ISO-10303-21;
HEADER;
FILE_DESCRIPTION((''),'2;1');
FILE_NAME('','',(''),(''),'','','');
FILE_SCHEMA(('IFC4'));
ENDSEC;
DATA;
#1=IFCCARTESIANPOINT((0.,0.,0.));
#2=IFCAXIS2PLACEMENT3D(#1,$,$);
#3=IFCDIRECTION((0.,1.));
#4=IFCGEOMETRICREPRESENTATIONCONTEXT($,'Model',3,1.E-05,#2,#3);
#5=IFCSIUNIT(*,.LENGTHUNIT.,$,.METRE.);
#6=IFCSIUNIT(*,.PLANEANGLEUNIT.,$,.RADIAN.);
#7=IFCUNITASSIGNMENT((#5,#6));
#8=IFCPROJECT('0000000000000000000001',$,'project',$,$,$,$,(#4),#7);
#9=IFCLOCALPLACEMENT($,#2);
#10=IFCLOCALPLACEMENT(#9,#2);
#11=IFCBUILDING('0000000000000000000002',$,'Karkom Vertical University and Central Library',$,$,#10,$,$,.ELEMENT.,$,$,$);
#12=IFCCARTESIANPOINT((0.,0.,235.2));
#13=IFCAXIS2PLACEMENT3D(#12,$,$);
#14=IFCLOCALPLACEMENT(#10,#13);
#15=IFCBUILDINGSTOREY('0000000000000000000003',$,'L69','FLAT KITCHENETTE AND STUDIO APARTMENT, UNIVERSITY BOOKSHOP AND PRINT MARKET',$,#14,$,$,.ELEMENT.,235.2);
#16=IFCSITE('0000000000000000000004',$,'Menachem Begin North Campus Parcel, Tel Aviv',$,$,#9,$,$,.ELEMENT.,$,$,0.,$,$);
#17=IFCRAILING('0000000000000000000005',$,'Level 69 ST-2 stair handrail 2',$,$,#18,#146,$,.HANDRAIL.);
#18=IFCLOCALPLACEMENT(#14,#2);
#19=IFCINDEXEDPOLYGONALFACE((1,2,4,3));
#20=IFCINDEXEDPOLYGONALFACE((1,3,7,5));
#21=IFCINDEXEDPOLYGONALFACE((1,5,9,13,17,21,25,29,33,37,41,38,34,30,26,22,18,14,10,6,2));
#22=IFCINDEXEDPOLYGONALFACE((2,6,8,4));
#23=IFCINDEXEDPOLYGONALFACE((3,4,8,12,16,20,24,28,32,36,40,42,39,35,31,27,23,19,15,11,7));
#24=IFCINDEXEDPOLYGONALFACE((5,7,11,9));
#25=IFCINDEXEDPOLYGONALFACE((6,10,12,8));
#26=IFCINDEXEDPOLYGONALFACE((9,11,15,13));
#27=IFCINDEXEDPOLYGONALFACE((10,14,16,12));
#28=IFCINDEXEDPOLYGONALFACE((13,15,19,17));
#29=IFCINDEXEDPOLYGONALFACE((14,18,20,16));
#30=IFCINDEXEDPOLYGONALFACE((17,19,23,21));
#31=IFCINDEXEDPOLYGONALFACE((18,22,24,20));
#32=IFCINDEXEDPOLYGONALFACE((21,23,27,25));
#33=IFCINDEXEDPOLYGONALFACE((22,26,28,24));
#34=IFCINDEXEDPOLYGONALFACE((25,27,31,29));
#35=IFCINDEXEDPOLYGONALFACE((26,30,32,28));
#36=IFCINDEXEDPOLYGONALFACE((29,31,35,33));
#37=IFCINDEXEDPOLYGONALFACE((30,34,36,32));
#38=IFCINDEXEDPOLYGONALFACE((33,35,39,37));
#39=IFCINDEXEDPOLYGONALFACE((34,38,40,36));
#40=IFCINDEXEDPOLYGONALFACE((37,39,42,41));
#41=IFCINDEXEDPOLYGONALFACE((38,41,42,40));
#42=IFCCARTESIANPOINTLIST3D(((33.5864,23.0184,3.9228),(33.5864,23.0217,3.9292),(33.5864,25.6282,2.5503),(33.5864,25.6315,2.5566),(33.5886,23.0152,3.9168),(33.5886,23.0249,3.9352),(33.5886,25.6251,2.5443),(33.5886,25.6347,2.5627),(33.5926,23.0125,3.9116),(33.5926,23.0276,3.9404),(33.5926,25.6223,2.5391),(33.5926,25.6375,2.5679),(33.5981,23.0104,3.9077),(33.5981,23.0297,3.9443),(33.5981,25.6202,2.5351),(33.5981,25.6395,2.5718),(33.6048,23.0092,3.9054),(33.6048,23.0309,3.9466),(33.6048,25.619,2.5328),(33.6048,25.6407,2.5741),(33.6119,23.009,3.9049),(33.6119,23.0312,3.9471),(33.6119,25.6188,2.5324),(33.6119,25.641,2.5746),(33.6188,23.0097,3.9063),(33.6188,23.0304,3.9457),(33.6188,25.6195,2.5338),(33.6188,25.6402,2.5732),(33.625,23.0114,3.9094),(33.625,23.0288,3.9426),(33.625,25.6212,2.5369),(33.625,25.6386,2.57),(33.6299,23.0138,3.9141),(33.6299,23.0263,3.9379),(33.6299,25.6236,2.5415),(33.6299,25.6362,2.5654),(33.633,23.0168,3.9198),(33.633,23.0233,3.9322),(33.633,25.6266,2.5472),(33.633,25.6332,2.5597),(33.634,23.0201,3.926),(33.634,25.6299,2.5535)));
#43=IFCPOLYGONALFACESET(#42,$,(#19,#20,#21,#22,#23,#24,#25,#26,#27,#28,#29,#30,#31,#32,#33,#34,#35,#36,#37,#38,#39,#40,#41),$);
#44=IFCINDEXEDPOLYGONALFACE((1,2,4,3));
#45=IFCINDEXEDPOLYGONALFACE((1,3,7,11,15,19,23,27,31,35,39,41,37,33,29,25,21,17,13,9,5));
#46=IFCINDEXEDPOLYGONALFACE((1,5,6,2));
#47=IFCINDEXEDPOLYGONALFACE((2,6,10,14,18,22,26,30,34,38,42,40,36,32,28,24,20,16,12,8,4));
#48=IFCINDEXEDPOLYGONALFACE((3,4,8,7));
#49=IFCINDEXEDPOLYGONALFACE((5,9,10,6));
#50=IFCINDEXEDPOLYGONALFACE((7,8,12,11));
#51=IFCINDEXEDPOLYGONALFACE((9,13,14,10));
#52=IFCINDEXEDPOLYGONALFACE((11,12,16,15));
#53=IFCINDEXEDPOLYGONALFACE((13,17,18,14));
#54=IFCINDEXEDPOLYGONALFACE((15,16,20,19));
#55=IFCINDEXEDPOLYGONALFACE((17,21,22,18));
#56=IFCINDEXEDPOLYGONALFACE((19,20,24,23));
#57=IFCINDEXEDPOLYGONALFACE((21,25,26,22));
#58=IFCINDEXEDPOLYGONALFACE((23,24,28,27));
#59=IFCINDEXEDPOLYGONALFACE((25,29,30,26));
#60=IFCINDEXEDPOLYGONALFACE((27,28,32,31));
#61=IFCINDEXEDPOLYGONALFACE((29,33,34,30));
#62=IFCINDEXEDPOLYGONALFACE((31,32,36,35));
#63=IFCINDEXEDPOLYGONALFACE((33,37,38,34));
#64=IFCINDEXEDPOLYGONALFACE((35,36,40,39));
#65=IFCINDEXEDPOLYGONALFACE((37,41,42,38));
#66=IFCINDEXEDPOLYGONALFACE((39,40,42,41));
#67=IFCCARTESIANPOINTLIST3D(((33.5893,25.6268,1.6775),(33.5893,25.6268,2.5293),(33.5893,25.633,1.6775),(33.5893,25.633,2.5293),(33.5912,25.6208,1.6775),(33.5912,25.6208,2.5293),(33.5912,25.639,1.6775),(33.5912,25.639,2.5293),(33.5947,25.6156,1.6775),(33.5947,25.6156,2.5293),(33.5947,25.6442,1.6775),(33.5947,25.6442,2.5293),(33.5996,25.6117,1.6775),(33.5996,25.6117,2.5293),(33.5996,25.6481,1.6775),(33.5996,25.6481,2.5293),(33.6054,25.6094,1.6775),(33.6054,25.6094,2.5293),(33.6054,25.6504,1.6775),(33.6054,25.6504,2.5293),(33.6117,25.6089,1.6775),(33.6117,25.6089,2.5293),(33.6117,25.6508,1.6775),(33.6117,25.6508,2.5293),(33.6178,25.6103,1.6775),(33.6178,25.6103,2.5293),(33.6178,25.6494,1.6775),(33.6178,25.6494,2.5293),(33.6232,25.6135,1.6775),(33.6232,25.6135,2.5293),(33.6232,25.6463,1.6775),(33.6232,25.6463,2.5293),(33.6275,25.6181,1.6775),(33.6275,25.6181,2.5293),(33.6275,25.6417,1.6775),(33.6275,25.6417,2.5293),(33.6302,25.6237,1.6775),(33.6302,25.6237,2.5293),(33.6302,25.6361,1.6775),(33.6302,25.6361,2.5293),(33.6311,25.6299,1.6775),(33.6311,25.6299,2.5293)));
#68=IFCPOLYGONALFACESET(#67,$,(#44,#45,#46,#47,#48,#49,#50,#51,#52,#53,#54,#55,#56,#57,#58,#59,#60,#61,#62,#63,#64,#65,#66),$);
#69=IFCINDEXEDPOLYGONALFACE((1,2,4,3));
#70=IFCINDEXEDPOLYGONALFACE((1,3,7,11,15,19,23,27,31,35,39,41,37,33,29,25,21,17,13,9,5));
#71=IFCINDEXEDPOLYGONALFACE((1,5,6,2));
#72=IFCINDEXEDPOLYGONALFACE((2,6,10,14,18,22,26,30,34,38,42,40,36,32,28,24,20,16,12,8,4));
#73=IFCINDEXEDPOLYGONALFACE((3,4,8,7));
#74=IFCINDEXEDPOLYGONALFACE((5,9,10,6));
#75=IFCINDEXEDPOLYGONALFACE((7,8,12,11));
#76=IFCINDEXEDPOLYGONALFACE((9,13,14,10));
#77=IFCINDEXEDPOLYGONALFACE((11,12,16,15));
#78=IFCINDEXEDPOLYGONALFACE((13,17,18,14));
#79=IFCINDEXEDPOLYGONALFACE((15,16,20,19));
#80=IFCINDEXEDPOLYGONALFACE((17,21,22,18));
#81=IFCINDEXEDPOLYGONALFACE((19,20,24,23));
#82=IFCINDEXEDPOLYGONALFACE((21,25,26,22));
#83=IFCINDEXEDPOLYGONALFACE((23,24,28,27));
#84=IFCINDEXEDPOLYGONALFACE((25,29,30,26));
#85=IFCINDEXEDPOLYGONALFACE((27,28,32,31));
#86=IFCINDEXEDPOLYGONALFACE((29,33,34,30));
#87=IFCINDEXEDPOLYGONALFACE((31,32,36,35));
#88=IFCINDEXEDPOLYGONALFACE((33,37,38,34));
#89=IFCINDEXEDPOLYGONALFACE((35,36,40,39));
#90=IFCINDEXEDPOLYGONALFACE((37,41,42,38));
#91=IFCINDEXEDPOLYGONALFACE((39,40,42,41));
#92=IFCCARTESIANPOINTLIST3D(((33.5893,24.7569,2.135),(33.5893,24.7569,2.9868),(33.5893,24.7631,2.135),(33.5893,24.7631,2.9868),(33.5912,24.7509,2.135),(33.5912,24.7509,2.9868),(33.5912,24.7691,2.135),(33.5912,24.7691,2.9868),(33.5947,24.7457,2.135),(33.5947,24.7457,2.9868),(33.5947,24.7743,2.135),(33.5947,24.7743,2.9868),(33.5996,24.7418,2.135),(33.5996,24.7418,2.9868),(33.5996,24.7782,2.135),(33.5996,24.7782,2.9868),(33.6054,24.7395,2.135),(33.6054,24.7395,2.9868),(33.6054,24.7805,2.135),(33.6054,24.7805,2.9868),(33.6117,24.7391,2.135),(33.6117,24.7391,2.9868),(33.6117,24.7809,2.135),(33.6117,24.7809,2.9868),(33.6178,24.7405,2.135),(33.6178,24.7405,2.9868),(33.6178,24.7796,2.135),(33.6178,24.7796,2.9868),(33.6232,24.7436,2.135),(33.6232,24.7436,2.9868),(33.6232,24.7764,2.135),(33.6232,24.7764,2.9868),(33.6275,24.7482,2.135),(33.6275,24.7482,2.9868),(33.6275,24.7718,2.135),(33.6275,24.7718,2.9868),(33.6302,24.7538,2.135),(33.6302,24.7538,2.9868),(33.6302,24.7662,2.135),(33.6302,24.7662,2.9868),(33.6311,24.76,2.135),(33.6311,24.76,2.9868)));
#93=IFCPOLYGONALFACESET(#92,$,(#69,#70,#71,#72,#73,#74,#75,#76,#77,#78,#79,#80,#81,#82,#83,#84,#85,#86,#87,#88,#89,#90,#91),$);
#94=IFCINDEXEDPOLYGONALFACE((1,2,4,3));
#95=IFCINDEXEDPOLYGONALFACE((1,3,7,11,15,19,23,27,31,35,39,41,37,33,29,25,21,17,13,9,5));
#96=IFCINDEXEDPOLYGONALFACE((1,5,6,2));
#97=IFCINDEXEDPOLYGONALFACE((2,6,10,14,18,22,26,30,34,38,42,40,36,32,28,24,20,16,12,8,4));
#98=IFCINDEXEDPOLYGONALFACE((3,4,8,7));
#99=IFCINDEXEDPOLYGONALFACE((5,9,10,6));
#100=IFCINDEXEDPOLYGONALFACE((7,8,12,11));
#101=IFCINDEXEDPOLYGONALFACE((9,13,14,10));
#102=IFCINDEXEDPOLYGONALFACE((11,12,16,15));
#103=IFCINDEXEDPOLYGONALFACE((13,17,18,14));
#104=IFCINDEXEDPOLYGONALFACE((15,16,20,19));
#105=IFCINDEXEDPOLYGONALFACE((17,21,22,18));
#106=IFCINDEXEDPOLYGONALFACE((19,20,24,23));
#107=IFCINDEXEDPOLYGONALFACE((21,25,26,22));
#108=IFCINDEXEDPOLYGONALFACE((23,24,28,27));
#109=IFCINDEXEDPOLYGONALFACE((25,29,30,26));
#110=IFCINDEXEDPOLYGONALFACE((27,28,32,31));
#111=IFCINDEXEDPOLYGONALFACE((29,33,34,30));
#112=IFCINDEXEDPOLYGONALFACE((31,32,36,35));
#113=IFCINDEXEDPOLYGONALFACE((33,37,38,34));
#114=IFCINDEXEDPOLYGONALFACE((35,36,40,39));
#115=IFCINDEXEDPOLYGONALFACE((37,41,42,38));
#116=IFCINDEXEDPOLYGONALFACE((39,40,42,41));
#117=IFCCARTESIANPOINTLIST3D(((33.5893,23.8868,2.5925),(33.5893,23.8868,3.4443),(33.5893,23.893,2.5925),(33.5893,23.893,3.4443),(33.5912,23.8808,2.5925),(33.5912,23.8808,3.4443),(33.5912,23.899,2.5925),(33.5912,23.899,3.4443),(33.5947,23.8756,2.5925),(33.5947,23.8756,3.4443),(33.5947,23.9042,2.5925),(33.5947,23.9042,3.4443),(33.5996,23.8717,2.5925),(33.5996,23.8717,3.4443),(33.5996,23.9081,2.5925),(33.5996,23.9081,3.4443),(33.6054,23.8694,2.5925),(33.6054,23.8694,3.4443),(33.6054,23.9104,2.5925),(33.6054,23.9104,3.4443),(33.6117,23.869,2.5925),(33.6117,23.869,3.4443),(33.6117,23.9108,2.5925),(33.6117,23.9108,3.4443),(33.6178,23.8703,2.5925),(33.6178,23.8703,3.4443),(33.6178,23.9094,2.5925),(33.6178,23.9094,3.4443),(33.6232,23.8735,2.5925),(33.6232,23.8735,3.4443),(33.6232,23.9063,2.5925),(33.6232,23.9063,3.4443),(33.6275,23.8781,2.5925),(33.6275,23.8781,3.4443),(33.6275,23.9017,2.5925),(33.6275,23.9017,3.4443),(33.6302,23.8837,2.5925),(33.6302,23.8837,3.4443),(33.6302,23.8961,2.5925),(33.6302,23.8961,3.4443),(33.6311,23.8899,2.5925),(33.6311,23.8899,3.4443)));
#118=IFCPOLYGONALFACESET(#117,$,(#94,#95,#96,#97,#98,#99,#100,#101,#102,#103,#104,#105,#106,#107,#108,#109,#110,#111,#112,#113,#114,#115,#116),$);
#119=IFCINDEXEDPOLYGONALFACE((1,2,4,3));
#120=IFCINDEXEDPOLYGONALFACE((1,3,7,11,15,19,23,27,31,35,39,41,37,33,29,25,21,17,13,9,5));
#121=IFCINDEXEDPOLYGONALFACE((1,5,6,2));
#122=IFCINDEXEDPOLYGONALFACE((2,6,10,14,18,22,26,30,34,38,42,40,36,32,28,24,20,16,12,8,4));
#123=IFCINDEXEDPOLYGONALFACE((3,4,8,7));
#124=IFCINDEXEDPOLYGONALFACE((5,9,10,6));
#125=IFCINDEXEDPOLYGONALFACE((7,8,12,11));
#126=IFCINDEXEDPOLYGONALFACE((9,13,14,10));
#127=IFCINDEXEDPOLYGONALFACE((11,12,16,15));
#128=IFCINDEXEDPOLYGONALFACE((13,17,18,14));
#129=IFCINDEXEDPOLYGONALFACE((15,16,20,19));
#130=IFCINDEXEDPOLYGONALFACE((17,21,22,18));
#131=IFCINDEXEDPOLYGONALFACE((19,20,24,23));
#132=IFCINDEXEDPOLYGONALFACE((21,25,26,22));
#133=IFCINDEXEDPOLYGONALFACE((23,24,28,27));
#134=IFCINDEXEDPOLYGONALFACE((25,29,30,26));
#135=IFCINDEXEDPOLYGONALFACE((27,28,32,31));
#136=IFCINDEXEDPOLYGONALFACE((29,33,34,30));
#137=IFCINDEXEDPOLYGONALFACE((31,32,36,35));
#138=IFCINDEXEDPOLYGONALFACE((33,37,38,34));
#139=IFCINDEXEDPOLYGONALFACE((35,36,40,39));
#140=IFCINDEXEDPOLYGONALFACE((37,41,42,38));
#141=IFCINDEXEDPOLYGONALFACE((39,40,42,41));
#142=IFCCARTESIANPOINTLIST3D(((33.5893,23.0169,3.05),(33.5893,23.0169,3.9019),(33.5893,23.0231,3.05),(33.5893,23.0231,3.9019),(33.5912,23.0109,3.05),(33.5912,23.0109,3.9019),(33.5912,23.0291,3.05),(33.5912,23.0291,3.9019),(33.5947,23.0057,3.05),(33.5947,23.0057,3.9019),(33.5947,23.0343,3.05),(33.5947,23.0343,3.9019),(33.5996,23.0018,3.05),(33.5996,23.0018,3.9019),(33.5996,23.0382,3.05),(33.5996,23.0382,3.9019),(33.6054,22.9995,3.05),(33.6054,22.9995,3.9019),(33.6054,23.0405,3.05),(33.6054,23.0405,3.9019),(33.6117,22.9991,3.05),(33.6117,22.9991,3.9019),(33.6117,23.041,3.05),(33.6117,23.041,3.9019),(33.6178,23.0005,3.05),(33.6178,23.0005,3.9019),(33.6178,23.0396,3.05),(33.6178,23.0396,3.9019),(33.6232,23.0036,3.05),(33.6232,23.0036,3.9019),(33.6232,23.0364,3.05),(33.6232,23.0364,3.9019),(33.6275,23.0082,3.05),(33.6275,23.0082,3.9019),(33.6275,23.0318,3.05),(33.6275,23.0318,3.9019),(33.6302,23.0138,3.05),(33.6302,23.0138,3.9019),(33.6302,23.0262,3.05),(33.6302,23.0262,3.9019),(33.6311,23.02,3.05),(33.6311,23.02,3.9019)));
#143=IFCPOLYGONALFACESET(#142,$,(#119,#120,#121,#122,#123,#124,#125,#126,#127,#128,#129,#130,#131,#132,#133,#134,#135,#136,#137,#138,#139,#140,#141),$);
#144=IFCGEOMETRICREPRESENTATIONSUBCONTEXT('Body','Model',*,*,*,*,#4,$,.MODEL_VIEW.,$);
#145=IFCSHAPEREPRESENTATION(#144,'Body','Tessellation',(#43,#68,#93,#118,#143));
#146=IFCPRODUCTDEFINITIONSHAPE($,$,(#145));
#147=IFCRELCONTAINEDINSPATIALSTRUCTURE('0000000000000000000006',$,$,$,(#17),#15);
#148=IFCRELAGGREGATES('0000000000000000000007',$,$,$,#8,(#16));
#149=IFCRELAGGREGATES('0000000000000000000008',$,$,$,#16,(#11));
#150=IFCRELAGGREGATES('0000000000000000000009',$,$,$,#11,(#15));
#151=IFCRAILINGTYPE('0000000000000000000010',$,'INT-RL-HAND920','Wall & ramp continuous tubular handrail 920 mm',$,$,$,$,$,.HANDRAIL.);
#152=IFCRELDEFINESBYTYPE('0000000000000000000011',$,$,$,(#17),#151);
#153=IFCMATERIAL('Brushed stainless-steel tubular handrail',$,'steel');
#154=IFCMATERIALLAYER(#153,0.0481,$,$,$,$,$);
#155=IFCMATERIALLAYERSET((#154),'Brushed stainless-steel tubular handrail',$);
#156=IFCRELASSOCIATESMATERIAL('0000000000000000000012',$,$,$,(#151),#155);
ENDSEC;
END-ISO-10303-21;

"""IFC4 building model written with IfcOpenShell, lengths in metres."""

from ifc_helpers import new_model, si_unit, direction, frame, origin, origin_2d, place, context, subcontext, project, spatial, circle, extrude, material, layer, layer_set, type_object, element, save


model = new_model("IFC4")

# Units and contexts
model_context = context("Model", 3, precision=1e-05, world=origin(), true_north=direction((0.0, 1.0)))
body_context = subcontext(model_context, "Body", "Model", "MODEL_VIEW")
ifc_project = project(units=[si_unit("LENGTHUNIT", "METRE"), si_unit("PLANEANGLEUNIT", "RADIAN")], contexts=[model_context])

# Site, building, storey
site_placement = place(None, origin())
site = spatial("IfcSite", under=ifc_project, at=site_placement, Name="Menachem Begin North Campus Parcel, Tel Aviv", CompositionType="ELEMENT", RefElevation=0.0)
building_placement = place(site_placement, origin())
building = spatial("IfcBuilding", under=site, at=building_placement, Name="Karkom Vertical University and Central Library", CompositionType="ELEMENT")
storey_placement = place(building_placement, frame((0.0, 0.0, 235.2)))
storey = spatial("IfcBuildingStorey", under=building, at=storey_placement, Name="L69", Description="FLAT KITCHENETTE AND STUDIO APARTMENT, UNIVERSITY BOOKSHOP AND PRINT MARKET", CompositionType="ELEMENT", Elevation=235.2)

# Railing
ifc_material_1 = material(Name="Brushed stainless-steel tubular handrail", Category="steel")
ifc_layer_1 = layer(ifc_material_1, 0.0481)
ifc_layer_set_1 = layer_set([ifc_layer_1], Name="Brushed stainless-steel tubular handrail")
railing_type = type_object("IfcRailingType", Name="INT-RL-HAND920", Description="Wall & ramp continuous tubular handrail 920 mm", PredefinedType="HANDRAIL", material=ifc_layer_set_1)
railing_placement = place(storey_placement, frame((33.6101, 25.6299, 1.6775)))
element("IfcRailing", 1, at=railing_placement, inside=storey, type_object=railing_type, Name="Level 69 ST-2 stair handrail 2", PredefinedType="HANDRAIL", context=body_context, shape_type="SweptSolid", body=[
    extrude(circle(Radius=0.0239, at=origin_2d()), frame((0.0, 0.0, 0.876), z_axis=(0.0, -0.885065, 0.465467), x_axis=(1.0, 0.0, 0.0)), (0.0, 0.0, 1.0), 2.9487),
    extrude(circle(Radius=0.021, at=origin_2d()), origin(), (0.0, 0.0, 1.0), 0.8518),
    extrude(circle(Radius=0.021, at=origin_2d()), frame((0.0, -0.8699, 0.4575)), (0.0, 0.0, 1.0), 0.8518),
    extrude(circle(Radius=0.021, at=origin_2d()), frame((0.0, -1.74, 0.915)), (0.0, 0.0, 1.0), 0.8518),
    extrude(circle(Radius=0.021, at=origin_2d()), frame((0.0, -2.6099, 1.3726)), (0.0, 0.0, 1.0), 0.8518),
])

save(model, "model.ifc")
